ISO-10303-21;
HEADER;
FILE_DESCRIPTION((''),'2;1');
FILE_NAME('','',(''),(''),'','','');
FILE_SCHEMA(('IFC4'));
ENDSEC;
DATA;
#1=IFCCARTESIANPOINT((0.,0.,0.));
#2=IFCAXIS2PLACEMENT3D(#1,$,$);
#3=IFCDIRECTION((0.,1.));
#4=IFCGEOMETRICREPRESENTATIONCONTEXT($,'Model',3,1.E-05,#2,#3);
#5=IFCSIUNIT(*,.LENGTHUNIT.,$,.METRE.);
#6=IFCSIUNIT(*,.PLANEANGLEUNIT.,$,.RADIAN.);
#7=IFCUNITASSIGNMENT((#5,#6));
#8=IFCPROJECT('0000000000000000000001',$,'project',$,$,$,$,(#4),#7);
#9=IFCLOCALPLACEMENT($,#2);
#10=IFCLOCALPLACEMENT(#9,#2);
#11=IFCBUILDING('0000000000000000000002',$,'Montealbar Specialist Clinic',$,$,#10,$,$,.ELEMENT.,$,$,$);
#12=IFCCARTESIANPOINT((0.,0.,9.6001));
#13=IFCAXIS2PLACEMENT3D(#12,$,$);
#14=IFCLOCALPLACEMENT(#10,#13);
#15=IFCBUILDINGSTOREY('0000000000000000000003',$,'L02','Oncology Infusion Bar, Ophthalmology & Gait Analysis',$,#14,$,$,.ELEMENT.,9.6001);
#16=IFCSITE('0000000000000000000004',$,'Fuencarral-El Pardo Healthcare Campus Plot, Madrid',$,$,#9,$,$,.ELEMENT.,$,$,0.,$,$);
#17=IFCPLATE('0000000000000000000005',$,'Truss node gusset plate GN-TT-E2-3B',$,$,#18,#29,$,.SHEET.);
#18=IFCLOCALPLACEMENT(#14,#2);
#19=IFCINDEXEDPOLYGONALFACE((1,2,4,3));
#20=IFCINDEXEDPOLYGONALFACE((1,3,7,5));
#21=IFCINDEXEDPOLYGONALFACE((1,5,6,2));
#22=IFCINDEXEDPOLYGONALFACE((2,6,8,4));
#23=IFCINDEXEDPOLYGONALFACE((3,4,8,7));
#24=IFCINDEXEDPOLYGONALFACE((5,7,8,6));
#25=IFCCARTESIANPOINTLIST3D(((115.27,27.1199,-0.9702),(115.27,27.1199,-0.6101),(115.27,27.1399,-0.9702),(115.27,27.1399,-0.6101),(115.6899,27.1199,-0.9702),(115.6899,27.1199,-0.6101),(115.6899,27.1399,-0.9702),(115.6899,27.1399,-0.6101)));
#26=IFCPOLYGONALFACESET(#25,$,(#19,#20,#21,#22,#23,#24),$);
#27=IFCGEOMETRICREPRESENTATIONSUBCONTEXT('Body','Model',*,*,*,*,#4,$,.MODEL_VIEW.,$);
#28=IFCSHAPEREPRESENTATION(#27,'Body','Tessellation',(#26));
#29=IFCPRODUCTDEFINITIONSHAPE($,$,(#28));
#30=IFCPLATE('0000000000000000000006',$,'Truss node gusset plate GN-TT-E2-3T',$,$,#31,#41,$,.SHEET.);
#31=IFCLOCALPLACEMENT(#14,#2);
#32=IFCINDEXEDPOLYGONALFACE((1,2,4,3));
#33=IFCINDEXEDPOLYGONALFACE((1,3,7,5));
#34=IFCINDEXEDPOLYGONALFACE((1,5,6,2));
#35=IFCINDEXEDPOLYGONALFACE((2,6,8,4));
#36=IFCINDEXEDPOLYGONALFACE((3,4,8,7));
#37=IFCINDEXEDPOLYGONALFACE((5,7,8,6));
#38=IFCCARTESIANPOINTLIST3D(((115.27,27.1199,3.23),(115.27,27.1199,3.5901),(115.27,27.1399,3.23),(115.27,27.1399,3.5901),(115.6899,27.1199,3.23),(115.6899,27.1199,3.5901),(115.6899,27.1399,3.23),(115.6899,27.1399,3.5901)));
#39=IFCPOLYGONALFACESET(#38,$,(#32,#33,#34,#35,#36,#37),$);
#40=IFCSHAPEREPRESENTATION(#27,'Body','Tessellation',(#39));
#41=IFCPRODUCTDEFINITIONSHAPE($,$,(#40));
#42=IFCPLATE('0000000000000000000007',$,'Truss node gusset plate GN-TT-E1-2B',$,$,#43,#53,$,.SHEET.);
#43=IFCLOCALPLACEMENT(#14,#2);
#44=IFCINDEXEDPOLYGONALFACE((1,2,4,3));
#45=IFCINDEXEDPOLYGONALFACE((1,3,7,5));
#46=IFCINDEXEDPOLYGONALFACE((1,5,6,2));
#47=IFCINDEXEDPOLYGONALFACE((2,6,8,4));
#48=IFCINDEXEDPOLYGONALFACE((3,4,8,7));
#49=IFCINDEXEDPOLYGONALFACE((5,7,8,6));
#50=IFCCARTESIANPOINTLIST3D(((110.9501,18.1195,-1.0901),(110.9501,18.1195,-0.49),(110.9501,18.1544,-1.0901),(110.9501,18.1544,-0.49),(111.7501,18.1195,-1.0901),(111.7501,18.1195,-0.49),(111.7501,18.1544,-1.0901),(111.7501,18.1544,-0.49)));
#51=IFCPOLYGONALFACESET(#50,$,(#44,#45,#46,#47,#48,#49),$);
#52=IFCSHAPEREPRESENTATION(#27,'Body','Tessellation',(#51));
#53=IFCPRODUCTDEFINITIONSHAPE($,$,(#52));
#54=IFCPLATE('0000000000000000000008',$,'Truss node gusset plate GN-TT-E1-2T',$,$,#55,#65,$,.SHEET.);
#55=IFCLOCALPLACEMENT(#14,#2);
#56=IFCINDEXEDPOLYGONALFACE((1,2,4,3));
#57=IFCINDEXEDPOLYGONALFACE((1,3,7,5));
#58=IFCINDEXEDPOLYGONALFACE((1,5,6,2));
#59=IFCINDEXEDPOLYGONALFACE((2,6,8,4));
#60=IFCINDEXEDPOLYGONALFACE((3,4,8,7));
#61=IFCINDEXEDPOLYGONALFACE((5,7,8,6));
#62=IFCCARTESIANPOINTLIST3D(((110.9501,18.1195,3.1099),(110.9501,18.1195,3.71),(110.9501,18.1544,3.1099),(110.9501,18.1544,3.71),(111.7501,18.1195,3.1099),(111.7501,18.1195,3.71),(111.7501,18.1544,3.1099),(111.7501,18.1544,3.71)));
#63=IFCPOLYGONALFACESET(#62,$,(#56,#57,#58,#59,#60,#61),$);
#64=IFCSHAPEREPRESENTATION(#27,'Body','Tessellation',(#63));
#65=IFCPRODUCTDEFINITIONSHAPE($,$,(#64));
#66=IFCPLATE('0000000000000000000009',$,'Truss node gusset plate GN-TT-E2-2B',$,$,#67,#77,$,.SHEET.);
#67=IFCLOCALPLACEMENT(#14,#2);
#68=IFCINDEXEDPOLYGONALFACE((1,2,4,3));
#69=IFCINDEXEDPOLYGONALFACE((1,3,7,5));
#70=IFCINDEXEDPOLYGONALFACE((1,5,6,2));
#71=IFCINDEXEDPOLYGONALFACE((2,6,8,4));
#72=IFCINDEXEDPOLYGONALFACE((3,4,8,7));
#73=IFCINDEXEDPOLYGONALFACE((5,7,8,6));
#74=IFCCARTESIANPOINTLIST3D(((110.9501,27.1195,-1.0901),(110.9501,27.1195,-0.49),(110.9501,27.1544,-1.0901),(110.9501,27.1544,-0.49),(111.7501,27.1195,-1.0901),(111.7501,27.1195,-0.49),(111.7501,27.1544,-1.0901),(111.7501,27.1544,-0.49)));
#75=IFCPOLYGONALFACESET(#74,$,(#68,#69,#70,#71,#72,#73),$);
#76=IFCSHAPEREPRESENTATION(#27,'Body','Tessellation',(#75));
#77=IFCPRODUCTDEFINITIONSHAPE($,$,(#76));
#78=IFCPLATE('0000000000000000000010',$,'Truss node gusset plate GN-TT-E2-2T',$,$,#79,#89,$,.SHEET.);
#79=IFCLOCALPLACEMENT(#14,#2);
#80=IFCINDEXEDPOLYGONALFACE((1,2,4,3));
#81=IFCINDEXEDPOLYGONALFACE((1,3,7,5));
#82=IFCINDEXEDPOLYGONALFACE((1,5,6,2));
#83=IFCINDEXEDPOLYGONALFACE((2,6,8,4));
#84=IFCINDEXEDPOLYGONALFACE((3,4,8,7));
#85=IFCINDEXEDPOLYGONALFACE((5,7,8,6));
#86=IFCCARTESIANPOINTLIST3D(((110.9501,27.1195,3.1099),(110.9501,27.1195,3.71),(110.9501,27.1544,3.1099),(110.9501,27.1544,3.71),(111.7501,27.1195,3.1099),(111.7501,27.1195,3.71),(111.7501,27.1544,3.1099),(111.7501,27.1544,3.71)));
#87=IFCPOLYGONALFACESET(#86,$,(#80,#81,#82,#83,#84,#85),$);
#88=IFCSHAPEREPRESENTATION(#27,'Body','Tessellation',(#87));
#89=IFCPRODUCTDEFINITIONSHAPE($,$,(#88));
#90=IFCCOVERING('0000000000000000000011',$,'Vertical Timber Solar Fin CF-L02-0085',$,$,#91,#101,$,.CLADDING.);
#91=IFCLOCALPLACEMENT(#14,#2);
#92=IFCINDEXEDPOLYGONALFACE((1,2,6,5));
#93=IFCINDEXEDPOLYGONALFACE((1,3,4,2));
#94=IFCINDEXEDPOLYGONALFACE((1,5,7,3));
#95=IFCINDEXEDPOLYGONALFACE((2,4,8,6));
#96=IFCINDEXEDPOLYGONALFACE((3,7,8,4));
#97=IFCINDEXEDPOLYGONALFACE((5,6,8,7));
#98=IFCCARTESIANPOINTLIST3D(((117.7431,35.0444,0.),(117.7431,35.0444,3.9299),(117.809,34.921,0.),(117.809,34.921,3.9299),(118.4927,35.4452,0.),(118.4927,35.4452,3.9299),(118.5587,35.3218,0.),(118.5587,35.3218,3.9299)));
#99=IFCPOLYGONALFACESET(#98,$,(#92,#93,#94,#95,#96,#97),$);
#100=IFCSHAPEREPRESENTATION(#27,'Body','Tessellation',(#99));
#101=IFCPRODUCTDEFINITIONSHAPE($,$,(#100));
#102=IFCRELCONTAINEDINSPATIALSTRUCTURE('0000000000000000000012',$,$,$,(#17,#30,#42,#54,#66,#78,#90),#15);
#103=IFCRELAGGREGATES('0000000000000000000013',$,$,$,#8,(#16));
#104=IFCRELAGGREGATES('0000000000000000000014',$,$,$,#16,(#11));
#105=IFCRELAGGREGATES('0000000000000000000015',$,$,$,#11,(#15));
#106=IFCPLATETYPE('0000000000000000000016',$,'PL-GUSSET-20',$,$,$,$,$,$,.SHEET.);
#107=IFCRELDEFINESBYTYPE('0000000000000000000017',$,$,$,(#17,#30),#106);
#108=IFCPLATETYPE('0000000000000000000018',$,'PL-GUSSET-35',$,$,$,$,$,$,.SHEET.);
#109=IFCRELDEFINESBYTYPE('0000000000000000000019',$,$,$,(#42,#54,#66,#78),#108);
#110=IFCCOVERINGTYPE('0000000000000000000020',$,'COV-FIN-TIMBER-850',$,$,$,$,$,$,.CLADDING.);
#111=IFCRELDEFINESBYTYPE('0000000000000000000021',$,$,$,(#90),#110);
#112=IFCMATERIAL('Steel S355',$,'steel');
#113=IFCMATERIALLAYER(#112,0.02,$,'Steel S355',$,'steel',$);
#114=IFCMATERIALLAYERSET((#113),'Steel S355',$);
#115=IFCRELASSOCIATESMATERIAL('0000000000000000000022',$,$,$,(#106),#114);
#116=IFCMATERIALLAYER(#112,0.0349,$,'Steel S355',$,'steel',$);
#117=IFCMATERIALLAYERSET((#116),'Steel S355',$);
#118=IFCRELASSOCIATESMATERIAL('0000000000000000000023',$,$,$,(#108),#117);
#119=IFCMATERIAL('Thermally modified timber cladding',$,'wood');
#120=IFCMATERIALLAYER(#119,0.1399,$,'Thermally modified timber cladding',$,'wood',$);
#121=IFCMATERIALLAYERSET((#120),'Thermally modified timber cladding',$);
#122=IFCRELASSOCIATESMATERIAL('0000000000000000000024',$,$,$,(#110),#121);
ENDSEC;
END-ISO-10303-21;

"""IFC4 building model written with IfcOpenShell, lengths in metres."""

from ifc_helpers import new_model, si_unit, direction, frame, origin, origin_2d, place, context, subcontext, project, spatial, rectangle, extrude, material, layer, layer_set, type_object, element, save


model = new_model("IFC4")

# Units and contexts
model_context = context("Model", 3, precision=1e-05, world=origin(), true_north=direction((0.0, 1.0)))
body_context = subcontext(model_context, "Body", "Model", "MODEL_VIEW")
ifc_project = project(units=[si_unit("LENGTHUNIT", "METRE"), si_unit("PLANEANGLEUNIT", "RADIAN")], contexts=[model_context])

# Site, building, storey
site_placement = place(None, origin())
site = spatial("IfcSite", under=ifc_project, at=site_placement, Name="Fuencarral-El Pardo Healthcare Campus Plot, Madrid", CompositionType="ELEMENT", RefElevation=0.0)
building_placement = place(site_placement, origin())
building = spatial("IfcBuilding", under=site, at=building_placement, Name="Montealbar Specialist Clinic", CompositionType="ELEMENT")
storey_placement = place(building_placement, frame((0.0, 0.0, 9.6001)))
storey = spatial("IfcBuildingStorey", under=building, at=storey_placement, Name="L02", Description="Oncology Infusion Bar, Ophthalmology & Gait Analysis", CompositionType="ELEMENT", Elevation=9.6001)

# Shared definitions
ifc_material_1 = material(Name="Steel S355", Category="steel")

# Plates
ifc_layer_1 = layer(ifc_material_1, 0.02, Name="Steel S355", Category="steel")
ifc_layer_set_1 = layer_set([ifc_layer_1], Name="Steel S355")
plate_type_1 = type_object("IfcPlateType", Name="PL-GUSSET-20", PredefinedType="SHEET", material=ifc_layer_set_1)
for number, where, z_axis, x_axis, name in (
    (1, (115.48, 27.1299, -0.9702), (0.0, 0.0, 1.0), (1.0, 0.0, 0.0), "Truss node gusset plate GN-TT-E2-3B"),
    (2, (115.48, 27.1299, 3.23), (0.0, 0.0, 1.0), (1.0, 0.0, 0.0), "Truss node gusset plate GN-TT-E2-3T"),
):
    element("IfcPlate", number, at=place(storey_placement, frame(where, z_axis=z_axis, x_axis=x_axis)), inside=storey, type_object=plate_type_1, Name=name, PredefinedType="SHEET", context=body_context, shape_type="SweptSolid", body=[
        extrude(rectangle(XDim=0.4199, YDim=0.02, at=origin_2d()), origin(), (0.0, 0.0, 1.0), 0.3601),
    ])
ifc_layer_2 = layer(ifc_material_1, 0.0349, Name="Steel S355", Category="steel")
ifc_layer_set_2 = layer_set([ifc_layer_2], Name="Steel S355")
plate_type_2 = type_object("IfcPlateType", Name="PL-GUSSET-35", PredefinedType="SHEET", material=ifc_layer_set_2)
for number, where, z_axis, x_axis, name in (
    (3, (111.3501, 18.137, -1.0901), (0.0, 0.0, 1.0), (1.0, 0.0, 0.0), "Truss node gusset plate GN-TT-E1-2B"),
    (4, (111.3501, 18.137, 3.1099), (0.0, 0.0, 1.0), (1.0, 0.0, 0.0), "Truss node gusset plate GN-TT-E1-2T"),
    (5, (111.3501, 27.137, -1.0901), (0.0, 0.0, 1.0), (1.0, 0.0, 0.0), "Truss node gusset plate GN-TT-E2-2B"),
    (6, (111.3501, 27.137, 3.1099), (0.0, 0.0, 1.0), (1.0, 0.0, 0.0), "Truss node gusset plate GN-TT-E2-2T"),
):
    element("IfcPlate", number, at=place(storey_placement, frame(where, z_axis=z_axis, x_axis=x_axis)), inside=storey, type_object=plate_type_2, Name=name, PredefinedType="SHEET", context=body_context, shape_type="SweptSolid", body=[
        extrude(rectangle(XDim=0.8, YDim=0.0349, at=origin_2d()), origin(), (0.0, 0.0, 1.0), 0.6001),
    ])

# Covering
ifc_material_2 = material(Name="Thermally modified timber cladding", Category="wood")
ifc_layer_3 = layer(ifc_material_2, 0.1399, Name="Thermally modified timber cladding", Category="wood")
ifc_layer_set_3 = layer_set([ifc_layer_3], Name="Thermally modified timber cladding")
covering_type = type_object("IfcCoveringType", Name="COV-FIN-TIMBER-850", PredefinedType="CLADDING", material=ifc_layer_set_3)
covering_placement = place(storey_placement, frame((118.1509, 35.1831, 0.0), z_axis=(0.0, 0.0, 1.0), x_axis=(0.88185, 0.471529, 0.0)))
element("IfcCovering", 7, at=covering_placement, inside=storey, type_object=covering_type, Name="Vertical Timber Solar Fin CF-L02-0085", PredefinedType="CLADDING", context=body_context, shape_type="SweptSolid", body=[
    extrude(rectangle(XDim=0.8501, YDim=0.1399, at=origin_2d()), origin(), (0.0, 0.0, 1.0), 3.9299),
])

save(model, "model.ifc")
